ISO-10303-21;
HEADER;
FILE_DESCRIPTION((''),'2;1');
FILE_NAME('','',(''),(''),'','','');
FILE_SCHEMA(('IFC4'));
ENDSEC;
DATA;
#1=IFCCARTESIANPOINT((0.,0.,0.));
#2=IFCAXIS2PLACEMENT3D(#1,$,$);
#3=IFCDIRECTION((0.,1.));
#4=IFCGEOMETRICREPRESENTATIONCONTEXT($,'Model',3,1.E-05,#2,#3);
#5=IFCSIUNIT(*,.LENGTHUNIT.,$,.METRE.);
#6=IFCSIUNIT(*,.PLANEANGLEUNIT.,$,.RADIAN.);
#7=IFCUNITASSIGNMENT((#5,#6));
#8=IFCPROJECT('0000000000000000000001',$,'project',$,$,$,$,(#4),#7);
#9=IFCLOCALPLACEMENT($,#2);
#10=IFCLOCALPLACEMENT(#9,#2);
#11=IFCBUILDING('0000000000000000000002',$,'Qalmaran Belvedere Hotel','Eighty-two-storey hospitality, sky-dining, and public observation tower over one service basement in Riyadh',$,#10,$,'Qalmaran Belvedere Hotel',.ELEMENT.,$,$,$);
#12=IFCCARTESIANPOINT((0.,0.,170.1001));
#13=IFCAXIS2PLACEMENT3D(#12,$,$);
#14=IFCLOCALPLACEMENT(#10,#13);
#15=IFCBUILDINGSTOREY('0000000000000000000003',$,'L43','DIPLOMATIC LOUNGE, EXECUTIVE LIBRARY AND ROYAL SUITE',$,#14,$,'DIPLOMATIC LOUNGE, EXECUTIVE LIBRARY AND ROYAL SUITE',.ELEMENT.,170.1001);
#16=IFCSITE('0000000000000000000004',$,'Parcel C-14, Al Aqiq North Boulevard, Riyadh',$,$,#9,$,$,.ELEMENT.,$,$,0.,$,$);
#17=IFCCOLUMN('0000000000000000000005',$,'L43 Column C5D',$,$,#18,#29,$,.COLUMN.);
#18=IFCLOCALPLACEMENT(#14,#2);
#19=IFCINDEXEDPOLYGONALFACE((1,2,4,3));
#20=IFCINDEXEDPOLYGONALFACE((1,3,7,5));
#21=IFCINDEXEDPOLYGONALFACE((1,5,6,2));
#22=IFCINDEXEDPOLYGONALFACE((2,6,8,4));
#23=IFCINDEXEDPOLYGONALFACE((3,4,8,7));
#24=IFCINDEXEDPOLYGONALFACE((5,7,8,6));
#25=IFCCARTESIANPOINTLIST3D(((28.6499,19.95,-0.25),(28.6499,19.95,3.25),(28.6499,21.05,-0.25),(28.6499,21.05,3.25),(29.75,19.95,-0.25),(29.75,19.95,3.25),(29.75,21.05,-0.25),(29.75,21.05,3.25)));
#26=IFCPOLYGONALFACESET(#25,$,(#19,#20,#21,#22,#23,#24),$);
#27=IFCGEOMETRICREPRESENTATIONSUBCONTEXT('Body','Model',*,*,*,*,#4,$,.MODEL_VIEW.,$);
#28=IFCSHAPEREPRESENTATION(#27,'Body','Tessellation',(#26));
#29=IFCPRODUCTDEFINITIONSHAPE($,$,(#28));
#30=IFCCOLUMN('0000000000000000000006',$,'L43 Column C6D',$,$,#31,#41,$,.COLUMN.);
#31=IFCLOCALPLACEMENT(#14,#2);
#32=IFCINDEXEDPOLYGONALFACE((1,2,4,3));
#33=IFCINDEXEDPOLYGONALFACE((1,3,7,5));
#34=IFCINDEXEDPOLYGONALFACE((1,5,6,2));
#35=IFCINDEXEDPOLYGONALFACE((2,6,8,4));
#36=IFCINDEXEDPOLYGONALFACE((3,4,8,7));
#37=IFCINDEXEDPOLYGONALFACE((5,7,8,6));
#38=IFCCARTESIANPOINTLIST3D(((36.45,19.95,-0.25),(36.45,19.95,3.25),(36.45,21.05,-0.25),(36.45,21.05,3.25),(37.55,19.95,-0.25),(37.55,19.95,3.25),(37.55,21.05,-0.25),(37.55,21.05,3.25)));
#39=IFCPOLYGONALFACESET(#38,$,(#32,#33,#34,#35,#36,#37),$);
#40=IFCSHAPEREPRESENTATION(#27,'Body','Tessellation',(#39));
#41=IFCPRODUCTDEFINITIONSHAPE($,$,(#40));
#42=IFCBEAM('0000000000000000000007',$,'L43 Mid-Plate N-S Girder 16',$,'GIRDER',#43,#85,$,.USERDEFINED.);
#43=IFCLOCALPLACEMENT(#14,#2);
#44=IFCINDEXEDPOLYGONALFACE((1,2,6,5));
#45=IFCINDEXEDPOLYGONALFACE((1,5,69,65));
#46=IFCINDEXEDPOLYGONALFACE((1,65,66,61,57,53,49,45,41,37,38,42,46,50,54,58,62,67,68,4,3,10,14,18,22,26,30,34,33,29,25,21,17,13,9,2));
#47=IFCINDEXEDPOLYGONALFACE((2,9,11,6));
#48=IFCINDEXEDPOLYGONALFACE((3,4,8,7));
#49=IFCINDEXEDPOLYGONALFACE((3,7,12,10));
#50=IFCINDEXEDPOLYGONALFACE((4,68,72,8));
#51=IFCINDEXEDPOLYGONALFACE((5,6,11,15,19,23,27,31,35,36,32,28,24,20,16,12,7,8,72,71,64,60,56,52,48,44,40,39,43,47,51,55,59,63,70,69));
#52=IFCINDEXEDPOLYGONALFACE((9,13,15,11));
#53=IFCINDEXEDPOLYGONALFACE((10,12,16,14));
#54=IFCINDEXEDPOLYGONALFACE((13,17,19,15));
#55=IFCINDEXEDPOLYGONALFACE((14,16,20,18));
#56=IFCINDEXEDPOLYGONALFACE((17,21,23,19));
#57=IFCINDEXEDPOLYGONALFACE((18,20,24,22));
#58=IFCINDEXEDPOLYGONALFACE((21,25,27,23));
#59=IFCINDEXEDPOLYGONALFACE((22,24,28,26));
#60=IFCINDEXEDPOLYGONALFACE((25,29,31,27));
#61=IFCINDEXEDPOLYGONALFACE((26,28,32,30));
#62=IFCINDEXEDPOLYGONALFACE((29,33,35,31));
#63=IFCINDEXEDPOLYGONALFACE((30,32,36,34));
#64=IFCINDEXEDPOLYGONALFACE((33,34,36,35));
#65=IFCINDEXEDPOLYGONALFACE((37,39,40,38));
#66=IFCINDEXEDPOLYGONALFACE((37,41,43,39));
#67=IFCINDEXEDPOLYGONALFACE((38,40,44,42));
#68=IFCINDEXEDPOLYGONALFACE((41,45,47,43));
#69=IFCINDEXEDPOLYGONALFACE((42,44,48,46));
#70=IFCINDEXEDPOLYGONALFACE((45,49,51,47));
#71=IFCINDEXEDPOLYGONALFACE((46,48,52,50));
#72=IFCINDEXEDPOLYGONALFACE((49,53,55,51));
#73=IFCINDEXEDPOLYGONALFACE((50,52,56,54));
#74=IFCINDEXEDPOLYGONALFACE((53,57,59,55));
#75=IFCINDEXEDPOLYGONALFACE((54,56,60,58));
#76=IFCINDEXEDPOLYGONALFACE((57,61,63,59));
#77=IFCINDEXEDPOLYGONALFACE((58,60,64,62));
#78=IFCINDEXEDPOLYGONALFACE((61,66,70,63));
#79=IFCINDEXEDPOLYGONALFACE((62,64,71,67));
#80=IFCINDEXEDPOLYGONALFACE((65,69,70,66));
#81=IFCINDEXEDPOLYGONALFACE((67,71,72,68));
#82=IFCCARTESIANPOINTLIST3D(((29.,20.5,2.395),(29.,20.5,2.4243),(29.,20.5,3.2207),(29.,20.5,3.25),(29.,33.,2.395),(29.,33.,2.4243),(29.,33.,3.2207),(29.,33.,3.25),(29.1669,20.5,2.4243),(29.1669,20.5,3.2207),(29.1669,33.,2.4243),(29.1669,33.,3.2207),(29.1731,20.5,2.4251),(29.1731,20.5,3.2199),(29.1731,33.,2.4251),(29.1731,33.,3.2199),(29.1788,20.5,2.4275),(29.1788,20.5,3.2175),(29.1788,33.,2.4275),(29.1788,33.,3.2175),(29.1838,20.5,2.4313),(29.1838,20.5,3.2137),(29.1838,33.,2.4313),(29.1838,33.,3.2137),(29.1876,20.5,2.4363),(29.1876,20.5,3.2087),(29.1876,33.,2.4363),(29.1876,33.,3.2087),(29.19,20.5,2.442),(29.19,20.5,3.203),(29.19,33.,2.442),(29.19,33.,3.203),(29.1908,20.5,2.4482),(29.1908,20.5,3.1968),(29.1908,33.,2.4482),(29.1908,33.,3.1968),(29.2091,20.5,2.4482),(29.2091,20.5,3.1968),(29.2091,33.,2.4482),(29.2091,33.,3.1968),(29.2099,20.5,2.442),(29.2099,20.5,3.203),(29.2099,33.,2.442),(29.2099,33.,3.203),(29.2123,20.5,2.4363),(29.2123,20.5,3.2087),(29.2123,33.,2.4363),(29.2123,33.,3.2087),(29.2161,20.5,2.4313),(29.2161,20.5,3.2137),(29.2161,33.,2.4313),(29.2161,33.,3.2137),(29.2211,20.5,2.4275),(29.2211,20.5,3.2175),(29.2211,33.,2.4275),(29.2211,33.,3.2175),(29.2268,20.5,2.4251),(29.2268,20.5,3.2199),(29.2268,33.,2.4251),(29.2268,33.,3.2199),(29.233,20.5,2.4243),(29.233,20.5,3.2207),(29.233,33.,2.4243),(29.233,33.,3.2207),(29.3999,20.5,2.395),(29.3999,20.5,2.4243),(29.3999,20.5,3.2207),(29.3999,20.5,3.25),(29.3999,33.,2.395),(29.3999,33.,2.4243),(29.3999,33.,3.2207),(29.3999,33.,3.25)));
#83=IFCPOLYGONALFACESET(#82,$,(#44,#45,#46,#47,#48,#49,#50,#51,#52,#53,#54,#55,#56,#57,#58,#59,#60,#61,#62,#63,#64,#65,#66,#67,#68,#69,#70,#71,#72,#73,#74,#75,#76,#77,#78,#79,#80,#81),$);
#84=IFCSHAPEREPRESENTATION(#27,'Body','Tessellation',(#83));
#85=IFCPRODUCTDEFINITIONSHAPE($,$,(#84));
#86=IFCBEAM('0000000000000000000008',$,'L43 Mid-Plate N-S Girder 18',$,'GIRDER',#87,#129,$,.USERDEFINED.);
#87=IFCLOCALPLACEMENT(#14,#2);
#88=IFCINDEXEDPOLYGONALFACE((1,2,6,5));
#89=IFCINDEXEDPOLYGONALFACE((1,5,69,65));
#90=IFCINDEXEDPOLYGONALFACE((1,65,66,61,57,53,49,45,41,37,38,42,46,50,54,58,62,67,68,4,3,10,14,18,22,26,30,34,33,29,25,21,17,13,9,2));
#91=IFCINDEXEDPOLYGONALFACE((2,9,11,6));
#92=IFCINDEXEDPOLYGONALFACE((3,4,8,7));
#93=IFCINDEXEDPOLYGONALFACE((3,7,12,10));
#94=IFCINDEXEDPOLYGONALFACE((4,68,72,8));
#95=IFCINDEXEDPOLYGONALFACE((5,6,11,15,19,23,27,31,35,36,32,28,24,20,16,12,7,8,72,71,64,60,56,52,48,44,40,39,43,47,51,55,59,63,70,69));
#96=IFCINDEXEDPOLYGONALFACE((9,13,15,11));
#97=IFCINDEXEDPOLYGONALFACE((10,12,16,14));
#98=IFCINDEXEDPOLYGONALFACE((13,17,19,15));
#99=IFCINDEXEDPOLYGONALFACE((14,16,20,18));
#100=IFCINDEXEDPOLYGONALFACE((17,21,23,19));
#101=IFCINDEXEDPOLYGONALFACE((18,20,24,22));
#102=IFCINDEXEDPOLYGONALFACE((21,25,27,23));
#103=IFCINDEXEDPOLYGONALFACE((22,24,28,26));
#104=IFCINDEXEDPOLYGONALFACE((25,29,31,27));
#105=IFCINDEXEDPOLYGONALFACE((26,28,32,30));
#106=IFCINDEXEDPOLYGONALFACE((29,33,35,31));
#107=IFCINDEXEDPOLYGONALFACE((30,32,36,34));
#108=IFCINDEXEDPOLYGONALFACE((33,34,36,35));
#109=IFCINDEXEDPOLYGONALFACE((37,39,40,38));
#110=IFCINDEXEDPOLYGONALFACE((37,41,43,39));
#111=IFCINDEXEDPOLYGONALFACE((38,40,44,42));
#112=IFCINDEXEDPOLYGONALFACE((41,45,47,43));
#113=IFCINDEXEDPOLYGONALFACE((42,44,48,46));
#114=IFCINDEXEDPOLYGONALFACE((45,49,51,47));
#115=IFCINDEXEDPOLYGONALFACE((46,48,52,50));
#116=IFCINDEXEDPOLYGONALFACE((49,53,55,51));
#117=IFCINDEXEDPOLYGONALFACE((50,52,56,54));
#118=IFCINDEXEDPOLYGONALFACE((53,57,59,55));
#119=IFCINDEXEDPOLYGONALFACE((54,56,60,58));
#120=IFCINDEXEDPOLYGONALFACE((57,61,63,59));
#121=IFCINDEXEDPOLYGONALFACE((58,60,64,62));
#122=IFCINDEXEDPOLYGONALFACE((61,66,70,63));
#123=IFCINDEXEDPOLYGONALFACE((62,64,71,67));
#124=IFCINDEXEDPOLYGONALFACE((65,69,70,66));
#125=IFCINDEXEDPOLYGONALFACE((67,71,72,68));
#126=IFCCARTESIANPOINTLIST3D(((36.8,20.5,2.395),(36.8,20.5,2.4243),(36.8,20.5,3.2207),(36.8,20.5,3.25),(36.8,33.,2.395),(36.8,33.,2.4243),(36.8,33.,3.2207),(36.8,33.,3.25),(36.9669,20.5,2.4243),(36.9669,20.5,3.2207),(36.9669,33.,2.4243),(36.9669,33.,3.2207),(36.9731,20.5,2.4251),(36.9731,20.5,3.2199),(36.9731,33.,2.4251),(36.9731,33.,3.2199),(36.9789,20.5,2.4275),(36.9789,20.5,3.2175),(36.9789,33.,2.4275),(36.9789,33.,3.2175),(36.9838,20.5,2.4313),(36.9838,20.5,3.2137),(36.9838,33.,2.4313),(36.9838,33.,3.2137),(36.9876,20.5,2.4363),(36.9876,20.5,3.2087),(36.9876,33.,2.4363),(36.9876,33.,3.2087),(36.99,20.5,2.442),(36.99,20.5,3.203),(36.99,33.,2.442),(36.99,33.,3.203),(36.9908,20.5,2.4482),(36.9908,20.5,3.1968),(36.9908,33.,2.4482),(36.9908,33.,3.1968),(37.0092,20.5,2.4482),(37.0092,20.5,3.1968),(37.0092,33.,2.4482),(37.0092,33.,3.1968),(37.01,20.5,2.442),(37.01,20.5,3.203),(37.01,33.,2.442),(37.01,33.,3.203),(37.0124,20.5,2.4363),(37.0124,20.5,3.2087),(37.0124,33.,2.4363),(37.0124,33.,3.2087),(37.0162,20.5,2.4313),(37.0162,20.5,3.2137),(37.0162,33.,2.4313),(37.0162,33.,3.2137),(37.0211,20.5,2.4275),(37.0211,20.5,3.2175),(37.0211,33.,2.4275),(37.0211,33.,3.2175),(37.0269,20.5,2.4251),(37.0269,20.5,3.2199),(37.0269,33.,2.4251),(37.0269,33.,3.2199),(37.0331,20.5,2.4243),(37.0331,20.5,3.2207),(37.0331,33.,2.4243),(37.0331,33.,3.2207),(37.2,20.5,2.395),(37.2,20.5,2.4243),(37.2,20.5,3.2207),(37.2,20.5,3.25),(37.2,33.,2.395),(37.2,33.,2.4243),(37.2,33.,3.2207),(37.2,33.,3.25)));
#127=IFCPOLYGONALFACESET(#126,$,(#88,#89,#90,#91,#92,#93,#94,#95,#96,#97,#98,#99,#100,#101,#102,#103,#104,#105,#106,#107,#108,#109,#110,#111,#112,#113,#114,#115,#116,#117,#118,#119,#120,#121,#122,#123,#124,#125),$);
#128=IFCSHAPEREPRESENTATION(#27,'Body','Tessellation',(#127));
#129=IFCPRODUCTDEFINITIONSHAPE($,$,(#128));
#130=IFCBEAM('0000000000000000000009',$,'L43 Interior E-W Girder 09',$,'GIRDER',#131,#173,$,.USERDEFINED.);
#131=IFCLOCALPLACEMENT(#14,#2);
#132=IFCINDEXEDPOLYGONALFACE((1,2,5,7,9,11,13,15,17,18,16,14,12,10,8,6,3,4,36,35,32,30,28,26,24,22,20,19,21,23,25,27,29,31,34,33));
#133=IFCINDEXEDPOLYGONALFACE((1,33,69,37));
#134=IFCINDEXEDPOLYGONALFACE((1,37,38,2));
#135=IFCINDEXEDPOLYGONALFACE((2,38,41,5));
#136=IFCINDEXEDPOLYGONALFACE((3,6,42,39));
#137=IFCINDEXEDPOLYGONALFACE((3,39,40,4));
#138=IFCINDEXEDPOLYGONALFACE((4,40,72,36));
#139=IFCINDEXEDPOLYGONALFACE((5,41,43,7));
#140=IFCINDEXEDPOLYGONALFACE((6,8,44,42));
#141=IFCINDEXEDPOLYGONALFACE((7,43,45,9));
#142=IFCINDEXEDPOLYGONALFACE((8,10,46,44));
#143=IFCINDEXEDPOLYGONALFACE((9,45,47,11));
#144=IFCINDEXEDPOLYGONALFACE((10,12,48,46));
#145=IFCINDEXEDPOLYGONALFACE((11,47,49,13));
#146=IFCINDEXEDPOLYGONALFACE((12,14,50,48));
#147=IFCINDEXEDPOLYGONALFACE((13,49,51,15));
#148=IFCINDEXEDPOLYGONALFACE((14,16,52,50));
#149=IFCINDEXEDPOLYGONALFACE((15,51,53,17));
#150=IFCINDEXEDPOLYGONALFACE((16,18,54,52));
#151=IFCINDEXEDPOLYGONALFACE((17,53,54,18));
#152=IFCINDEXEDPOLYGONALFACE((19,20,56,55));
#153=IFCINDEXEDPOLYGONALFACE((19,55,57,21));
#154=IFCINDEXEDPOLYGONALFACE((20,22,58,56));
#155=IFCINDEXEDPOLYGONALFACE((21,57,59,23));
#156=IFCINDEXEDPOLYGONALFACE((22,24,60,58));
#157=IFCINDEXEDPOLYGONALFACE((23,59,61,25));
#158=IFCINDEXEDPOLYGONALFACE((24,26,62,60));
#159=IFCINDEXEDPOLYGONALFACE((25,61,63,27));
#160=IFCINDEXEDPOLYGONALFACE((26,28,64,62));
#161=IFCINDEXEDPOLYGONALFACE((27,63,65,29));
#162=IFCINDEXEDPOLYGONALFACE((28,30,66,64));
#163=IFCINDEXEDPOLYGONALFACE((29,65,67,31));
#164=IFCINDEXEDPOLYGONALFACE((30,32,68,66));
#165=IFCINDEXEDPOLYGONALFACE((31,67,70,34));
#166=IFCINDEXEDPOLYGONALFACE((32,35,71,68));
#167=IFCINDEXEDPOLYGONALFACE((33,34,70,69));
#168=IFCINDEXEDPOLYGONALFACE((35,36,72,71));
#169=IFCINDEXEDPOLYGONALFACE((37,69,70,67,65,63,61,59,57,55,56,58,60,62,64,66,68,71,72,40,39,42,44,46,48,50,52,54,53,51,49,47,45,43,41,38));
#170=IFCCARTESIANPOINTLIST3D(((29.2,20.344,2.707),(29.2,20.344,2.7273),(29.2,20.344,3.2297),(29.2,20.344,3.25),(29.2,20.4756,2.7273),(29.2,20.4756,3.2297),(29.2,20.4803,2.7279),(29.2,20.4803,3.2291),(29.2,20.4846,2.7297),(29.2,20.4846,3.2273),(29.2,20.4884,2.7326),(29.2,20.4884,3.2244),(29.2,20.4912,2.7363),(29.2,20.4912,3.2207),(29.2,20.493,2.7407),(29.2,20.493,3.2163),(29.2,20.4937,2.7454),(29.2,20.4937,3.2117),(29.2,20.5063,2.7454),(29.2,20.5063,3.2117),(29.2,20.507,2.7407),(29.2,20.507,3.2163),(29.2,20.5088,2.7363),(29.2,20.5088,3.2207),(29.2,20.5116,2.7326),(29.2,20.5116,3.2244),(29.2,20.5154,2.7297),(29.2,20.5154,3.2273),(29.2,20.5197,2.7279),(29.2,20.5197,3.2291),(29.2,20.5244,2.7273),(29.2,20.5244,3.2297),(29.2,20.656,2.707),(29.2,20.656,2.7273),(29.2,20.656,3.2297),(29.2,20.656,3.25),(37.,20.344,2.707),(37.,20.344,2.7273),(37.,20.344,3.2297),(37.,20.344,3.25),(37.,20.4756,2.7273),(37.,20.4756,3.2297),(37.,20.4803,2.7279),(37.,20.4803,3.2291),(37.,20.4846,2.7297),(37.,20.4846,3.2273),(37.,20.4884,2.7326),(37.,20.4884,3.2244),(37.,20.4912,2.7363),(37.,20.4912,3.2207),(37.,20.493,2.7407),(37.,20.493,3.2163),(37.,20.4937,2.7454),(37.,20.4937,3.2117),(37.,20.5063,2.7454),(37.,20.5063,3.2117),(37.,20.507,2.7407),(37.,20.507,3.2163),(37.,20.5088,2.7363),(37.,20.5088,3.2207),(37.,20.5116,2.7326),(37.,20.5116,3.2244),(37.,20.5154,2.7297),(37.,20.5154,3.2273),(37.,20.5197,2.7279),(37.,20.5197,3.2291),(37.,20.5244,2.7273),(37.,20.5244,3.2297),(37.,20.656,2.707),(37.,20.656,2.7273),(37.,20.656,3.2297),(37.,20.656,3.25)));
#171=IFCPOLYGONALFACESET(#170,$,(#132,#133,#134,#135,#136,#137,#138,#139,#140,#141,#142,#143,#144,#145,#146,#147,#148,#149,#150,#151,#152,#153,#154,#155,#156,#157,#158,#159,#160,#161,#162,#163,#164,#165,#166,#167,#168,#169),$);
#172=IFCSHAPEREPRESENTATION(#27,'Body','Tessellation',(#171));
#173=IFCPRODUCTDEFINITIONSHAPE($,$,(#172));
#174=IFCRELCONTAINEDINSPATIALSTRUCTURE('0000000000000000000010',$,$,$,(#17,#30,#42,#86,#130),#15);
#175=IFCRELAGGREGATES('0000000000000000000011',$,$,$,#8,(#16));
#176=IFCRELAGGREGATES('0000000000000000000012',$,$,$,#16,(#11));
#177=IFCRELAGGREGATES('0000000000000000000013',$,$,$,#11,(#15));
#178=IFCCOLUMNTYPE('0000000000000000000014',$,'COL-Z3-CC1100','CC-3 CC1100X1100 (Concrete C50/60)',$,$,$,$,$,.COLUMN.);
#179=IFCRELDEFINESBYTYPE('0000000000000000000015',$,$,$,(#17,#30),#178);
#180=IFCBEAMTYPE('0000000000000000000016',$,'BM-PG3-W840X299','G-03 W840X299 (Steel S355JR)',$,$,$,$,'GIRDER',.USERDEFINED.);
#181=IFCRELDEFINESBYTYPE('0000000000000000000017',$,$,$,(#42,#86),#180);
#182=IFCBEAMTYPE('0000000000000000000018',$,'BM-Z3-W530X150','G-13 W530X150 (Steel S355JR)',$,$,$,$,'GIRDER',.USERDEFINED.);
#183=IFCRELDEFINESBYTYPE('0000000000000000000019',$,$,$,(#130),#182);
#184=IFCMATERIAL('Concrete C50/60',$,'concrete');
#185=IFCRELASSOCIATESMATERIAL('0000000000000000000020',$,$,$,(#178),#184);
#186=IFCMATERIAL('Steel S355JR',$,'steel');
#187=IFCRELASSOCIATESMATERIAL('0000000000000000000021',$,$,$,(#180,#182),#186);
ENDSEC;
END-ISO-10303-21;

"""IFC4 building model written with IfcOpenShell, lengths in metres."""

from ifc_helpers import new_model, si_unit, direction, frame, origin, origin_2d, place, context, subcontext, project, spatial, rectangle, i_section, extrude, material, material_profile, profile_set, type_object, element, save


model = new_model("IFC4")

# Units and contexts
model_context = context("Model", 3, precision=1e-05, world=origin(), true_north=direction((0.0, 1.0)))
body_context = subcontext(model_context, "Body", "Model", "MODEL_VIEW")
ifc_project = project(units=[si_unit("LENGTHUNIT", "METRE"), si_unit("PLANEANGLEUNIT", "RADIAN")], contexts=[model_context])

# Site, building, storey
site_placement = place(None, origin())
site = spatial("IfcSite", under=ifc_project, at=site_placement, Name="Parcel C-14, Al Aqiq North Boulevard, Riyadh", CompositionType="ELEMENT", RefElevation=0.0)
building_placement = place(site_placement, origin())
building = spatial("IfcBuilding", under=site, at=building_placement, Name="Qalmaran Belvedere Hotel", Description="Eighty-two-storey hospitality, sky-dining, and public observation tower over one service basement in Riyadh", LongName="Qalmaran Belvedere Hotel", CompositionType="ELEMENT")
storey_placement = place(building_placement, frame((0.0, 0.0, 170.1001)))
storey = spatial("IfcBuildingStorey", under=building, at=storey_placement, Name="L43", Description="DIPLOMATIC LOUNGE, EXECUTIVE LIBRARY AND ROYAL SUITE", LongName="DIPLOMATIC LOUNGE, EXECUTIVE LIBRARY AND ROYAL SUITE", CompositionType="ELEMENT", Elevation=170.1001)

# Columns
ifc_material_1 = material(Name="Concrete C50/60", Category="concrete")
ifc_material_profile_1 = material_profile(ifc_material_1, rectangle(XDim=1.1001, YDim=1.1001, at=origin_2d()), Name="CC1100X1100")
ifc_profile_set_1 = profile_set([ifc_material_profile_1], Name="Concrete C50/60")
column_type = type_object("IfcColumnType", Name="COL-Z3-CC1100", Description="CC-3 CC1100X1100 (Concrete C50/60)", PredefinedType="COLUMN", material=ifc_profile_set_1)
for number, where, z_axis, x_axis, name in (
    (1, (29.2, 20.5, -0.25), (0.0, 0.0, 1.0), (1.0, 0.0, 0.0), "L43 Column C5D"),
    (2, (37.0, 20.5, -0.25), (0.0, 0.0, 1.0), (1.0, 0.0, 0.0), "L43 Column C6D"),
):
    element("IfcColumn", number, at=place(storey_placement, frame(where, z_axis=z_axis, x_axis=x_axis)), inside=storey, type_object=column_type, Name=name, PredefinedType="COLUMN", context=body_context, shape_type="SweptSolid", body=[
        extrude(rectangle(XDim=1.1001, YDim=1.1001, at=origin_2d()), origin(), (0.0, 0.0, 1.0), 3.5),
    ])

# Beams
ifc_material_2 = material(Name="Steel S355JR", Category="steel")
ifc_material_profile_2 = material_profile(ifc_material_2, i_section(OverallWidth=0.3999, OverallDepth=0.855, WebThickness=0.0183, FlangeThickness=0.0293, FilletRadius=0.0239, at=origin_2d()), Name="W840X299")
ifc_profile_set_2 = profile_set([ifc_material_profile_2], Name="Steel S355JR")
beam_type_1 = type_object("IfcBeamType", Name="BM-PG3-W840X299", Description="G-03 W840X299 (Steel S355JR)", ElementType="GIRDER", PredefinedType="USERDEFINED", material=ifc_profile_set_2)
for number, where, z_axis, x_axis, name in (
    (3, (29.2, 20.5, 2.8225), (0.0, 1.0, 0.0), (-1.0, 0.0, 0.0), "L43 Mid-Plate N-S Girder 16"),
    (4, (37.0, 20.5, 2.8225), (0.0, 1.0, 0.0), (-1.0, 0.0, 0.0), "L43 Mid-Plate N-S Girder 18"),
):
    element("IfcBeam", number, at=place(storey_placement, frame(where, z_axis=z_axis, x_axis=x_axis)), inside=storey, type_object=beam_type_1, Name=name, ObjectType="GIRDER", PredefinedType="USERDEFINED", context=body_context, shape_type="SweptSolid", body=[
        extrude(i_section(OverallWidth=0.3999, OverallDepth=0.855, WebThickness=0.0183, FlangeThickness=0.0293, FilletRadius=0.0239, at=origin_2d()), origin(), (0.0, 0.0, 1.0), 12.5),
    ])
ifc_material_profile_3 = material_profile(ifc_material_2, i_section(OverallWidth=0.312, OverallDepth=0.543, WebThickness=0.0127, FlangeThickness=0.0203, FilletRadius=0.0181, at=origin_2d()), Name="W530X150")
ifc_profile_set_3 = profile_set([ifc_material_profile_3], Name="Steel S355JR")
beam_type_2 = type_object("IfcBeamType", Name="BM-Z3-W530X150", Description="G-13 W530X150 (Steel S355JR)", ElementType="GIRDER", PredefinedType="USERDEFINED", material=ifc_profile_set_3)
for number, where, z_axis, x_axis, name in (
    (5, (29.2, 20.5, 2.9785), (1.0, 0.0, 0.0), (0.0, 1.0, 0.0), "L43 Interior E-W Girder 09"),
):
    element("IfcBeam", number, at=place(storey_placement, frame(where, z_axis=z_axis, x_axis=x_axis)), inside=storey, type_object=beam_type_2, Name=name, ObjectType="GIRDER", PredefinedType="USERDEFINED", context=body_context, shape_type="SweptSolid", body=[
        extrude(i_section(OverallWidth=0.312, OverallDepth=0.543, WebThickness=0.0127, FlangeThickness=0.0203, FilletRadius=0.0181, at=origin_2d()), origin(), (0.0, 0.0, 1.0), 7.8),
    ])

save(model, "model.ifc")
